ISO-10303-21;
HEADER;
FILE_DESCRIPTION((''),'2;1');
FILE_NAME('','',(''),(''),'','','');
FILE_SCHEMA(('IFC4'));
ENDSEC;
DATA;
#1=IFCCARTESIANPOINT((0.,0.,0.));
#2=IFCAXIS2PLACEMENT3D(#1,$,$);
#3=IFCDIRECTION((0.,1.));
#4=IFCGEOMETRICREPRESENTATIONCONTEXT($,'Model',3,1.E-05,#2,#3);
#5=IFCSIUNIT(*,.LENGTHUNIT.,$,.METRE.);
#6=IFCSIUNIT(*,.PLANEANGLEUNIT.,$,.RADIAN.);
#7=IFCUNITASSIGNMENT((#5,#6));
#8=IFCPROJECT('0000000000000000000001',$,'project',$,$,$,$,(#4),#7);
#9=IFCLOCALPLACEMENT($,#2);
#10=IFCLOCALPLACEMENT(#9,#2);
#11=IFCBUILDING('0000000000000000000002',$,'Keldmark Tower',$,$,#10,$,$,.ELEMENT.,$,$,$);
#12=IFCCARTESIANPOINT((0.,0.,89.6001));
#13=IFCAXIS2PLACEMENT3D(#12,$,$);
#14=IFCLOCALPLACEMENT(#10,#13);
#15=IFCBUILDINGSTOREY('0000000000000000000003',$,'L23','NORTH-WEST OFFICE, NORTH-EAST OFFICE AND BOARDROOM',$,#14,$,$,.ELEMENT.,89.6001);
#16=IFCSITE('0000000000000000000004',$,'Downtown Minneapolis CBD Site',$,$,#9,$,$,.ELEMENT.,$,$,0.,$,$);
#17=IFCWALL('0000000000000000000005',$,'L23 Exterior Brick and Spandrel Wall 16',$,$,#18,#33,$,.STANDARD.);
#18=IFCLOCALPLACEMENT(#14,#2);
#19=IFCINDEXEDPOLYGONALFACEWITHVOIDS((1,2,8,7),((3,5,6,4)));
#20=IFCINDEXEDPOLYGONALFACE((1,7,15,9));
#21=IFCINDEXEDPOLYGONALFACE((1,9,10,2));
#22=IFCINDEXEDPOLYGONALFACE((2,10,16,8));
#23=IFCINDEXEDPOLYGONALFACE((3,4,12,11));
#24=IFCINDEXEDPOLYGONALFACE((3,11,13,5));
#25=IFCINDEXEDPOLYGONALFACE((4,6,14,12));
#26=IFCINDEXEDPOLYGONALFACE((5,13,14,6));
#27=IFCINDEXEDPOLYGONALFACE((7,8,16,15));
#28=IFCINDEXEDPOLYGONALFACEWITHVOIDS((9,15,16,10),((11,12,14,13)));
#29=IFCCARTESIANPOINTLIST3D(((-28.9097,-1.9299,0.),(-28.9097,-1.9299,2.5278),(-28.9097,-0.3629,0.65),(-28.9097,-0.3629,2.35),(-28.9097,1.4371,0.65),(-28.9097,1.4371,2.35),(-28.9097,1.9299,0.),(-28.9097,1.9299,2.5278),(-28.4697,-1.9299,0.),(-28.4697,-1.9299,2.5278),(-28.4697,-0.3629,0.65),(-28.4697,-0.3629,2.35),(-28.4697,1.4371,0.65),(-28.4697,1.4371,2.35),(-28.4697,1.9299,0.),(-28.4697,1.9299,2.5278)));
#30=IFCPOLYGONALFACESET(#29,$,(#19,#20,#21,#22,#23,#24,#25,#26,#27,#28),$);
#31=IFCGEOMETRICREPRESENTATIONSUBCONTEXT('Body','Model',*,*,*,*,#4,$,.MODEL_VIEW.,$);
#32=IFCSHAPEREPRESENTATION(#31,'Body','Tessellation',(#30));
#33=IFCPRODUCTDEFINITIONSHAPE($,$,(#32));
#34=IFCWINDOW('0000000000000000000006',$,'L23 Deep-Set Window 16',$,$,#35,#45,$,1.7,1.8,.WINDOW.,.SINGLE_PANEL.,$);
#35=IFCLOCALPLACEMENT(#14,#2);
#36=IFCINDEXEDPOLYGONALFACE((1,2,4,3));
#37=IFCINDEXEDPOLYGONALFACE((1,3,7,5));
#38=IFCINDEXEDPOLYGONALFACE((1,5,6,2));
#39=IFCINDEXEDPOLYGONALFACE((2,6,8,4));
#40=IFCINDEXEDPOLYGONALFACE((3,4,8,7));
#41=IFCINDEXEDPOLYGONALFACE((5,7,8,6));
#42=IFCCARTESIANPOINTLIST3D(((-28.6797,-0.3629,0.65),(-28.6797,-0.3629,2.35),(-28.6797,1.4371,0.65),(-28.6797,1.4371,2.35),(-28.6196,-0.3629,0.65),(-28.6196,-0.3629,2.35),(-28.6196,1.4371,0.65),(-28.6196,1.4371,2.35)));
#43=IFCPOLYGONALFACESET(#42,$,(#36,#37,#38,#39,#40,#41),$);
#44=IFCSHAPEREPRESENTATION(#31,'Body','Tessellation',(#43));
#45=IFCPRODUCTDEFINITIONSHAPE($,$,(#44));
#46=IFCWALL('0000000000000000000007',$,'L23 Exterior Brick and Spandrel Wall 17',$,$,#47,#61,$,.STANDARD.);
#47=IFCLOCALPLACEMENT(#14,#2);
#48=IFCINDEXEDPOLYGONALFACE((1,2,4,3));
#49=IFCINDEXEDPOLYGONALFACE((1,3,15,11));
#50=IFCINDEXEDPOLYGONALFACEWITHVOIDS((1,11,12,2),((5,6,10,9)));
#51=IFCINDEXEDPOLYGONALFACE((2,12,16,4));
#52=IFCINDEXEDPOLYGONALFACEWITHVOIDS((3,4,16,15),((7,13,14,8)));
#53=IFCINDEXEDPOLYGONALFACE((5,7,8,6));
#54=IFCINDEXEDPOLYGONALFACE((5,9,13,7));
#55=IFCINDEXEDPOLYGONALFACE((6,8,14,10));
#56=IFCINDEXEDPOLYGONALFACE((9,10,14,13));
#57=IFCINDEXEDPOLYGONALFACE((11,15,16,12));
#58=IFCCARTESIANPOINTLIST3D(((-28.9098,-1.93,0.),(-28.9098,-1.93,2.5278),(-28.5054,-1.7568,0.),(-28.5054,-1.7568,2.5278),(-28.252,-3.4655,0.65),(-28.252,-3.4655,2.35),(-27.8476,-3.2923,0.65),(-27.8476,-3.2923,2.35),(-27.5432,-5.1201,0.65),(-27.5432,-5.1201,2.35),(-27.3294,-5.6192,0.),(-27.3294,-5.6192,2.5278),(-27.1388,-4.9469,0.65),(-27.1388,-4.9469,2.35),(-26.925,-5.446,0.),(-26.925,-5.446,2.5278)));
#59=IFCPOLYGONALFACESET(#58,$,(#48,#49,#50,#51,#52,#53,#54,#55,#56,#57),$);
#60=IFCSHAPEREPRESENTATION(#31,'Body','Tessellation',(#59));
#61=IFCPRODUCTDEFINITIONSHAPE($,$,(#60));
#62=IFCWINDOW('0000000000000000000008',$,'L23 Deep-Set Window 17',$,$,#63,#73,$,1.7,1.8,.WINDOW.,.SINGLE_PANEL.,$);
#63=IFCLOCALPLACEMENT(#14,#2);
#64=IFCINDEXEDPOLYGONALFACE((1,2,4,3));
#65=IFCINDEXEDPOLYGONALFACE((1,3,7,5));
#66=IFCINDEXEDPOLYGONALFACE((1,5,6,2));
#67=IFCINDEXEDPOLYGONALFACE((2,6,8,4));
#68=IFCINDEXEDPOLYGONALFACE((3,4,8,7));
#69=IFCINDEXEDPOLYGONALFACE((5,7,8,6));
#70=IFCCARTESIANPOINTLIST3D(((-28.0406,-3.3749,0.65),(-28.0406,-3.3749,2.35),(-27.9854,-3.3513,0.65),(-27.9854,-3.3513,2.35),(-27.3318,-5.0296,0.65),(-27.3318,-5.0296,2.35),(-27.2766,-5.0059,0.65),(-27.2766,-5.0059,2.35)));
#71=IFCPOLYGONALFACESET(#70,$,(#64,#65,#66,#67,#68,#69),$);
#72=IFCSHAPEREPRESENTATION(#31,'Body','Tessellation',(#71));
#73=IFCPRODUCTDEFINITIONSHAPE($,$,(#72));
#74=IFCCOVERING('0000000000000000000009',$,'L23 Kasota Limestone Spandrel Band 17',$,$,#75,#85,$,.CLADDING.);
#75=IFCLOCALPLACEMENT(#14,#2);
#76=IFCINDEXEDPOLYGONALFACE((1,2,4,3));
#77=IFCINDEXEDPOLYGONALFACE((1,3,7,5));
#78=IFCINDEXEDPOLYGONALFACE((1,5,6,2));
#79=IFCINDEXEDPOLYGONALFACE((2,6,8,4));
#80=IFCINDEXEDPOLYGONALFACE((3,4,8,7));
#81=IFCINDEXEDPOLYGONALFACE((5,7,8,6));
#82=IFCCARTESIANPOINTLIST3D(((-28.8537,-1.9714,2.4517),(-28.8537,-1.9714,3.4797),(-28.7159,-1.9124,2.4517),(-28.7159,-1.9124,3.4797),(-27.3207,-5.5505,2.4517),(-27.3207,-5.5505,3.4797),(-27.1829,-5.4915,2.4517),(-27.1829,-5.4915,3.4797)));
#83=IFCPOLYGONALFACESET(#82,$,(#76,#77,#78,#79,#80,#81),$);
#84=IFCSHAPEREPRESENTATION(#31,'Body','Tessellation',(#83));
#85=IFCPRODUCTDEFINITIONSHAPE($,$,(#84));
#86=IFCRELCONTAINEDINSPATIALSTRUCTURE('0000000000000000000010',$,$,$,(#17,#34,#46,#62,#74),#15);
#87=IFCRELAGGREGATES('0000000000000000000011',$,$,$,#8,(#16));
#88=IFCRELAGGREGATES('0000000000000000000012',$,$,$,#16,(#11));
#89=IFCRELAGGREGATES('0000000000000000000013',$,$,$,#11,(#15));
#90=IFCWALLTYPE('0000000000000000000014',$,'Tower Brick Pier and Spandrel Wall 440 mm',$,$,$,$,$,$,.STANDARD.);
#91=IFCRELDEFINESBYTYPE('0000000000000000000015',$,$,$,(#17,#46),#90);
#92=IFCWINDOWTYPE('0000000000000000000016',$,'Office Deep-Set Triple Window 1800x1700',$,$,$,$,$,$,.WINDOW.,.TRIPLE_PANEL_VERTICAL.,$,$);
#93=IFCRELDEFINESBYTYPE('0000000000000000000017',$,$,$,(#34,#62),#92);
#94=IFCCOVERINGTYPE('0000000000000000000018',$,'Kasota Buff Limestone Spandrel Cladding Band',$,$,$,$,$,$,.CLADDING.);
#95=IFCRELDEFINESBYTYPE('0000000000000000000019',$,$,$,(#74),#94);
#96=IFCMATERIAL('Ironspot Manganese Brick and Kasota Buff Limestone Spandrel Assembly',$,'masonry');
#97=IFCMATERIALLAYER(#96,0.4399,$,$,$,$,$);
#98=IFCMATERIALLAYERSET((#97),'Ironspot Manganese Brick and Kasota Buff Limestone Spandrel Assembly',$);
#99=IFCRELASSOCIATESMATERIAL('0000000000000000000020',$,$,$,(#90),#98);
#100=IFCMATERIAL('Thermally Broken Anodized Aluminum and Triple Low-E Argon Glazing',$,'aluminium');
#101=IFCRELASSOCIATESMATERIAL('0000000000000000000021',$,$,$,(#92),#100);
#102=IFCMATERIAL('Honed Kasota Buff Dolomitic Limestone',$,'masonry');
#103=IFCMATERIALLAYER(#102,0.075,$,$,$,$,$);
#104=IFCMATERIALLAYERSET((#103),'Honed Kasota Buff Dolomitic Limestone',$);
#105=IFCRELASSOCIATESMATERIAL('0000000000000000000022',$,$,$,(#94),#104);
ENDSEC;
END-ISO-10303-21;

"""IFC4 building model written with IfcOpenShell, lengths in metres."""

from ifc_helpers import new_model, si_unit, direction, frame, frame_2d, origin, origin_2d, place, context, subcontext, project, spatial, rectangle, extrude, material, layer, layer_set, type_object, element, fill, save


model = new_model("IFC4")

# Units and contexts
model_context = context("Model", 3, precision=1e-05, world=origin(), true_north=direction((0.0, 1.0)))
body_context = subcontext(model_context, "Body", "Model", "MODEL_VIEW")
ifc_project = project(units=[si_unit("LENGTHUNIT", "METRE"), si_unit("PLANEANGLEUNIT", "RADIAN")], contexts=[model_context])

# Site, building, storey
site_placement = place(None, origin())
site = spatial("IfcSite", under=ifc_project, at=site_placement, Name="Downtown Minneapolis CBD Site", CompositionType="ELEMENT", RefElevation=0.0)
building_placement = place(site_placement, origin())
building = spatial("IfcBuilding", under=site, at=building_placement, Name="Keldmark Tower", CompositionType="ELEMENT")
storey_placement = place(building_placement, frame((0.0, 0.0, 89.6001)))
storey = spatial("IfcBuildingStorey", under=building, at=storey_placement, Name="L23", Description="NORTH-WEST OFFICE, NORTH-EAST OFFICE AND BOARDROOM", CompositionType="ELEMENT", Elevation=89.6001)

# Walls, openings, windows
ifc_material_1 = material(Name="Ironspot Manganese Brick and Kasota Buff Limestone Spandrel Assembly", Category="masonry")
ifc_layer_1 = layer(ifc_material_1, 0.4399)
ifc_layer_set_1 = layer_set([ifc_layer_1], Name="Ironspot Manganese Brick and Kasota Buff Limestone Spandrel Assembly")
wall_type_1 = type_object("IfcWallType", Name="Tower Brick Pier and Spandrel Wall 440 mm", PredefinedType="STANDARD", material=ifc_layer_set_1)
ifc_material_2 = material(Name="Thermally Broken Anodized Aluminum and Triple Low-E Argon Glazing", Category="aluminium")
window_type = type_object("IfcWindowType", Name="Office Deep-Set Triple Window 1800x1700", PartitioningType="TRIPLE_PANEL_VERTICAL", PredefinedType="WINDOW", material=ifc_material_2)
wall_1_placement = place(storey_placement, frame((-28.6897, -1.9299, 0.0), z_axis=(0.0, 0.0, 1.0), x_axis=(0.0, 1.0, 0.0)))
wall_1 = element("IfcWall", 1, at=wall_1_placement, inside=storey, type_object=wall_type_1, Name="L23 Exterior Brick and Spandrel Wall 16", PredefinedType="STANDARD", context=body_context, shape_type="SweptSolid", body=[
    extrude(rectangle(XDim=3.8599, YDim=0.4399, at=frame_2d((1.9299, 0.0))), origin(), (0.0, 0.0, 1.0), 2.5278),
])
opening_1_placement = place(wall_1_placement, frame((1.5671, 0.0, 0.6499)))
opening_1 = element("IfcOpeningElement", 2, at=opening_1_placement, cuts=wall_1, PredefinedType="OPENING", context=body_context, shape_type="SweptSolid", body=[
    extrude(rectangle(XDim=1.8, YDim=1.7, at=frame_2d((0.8999, 0.8501))), frame((0.0, 0.23, 0.0), z_axis=(0.0, -1.0, 0.0), x_axis=(1.0, 0.0, 0.0)), (0.0, 0.0, 1.0), 0.46),
])
window_1_placement = place(opening_1_placement, origin())
window_1 = element("IfcWindow", 3, at=window_1_placement, inside=storey, type_object=window_type, Name="L23 Deep-Set Window 16", OverallHeight=1.7, OverallWidth=1.8, PartitioningType="SINGLE_PANEL", PredefinedType="WINDOW", context=body_context, shape_type="SweptSolid", body=[
    extrude(rectangle(XDim=1.8, YDim=1.7, at=frame_2d((0.8999, 0.8501))), frame((0.0, -0.01, 0.0), z_axis=(0.0, -1.0, 0.0), x_axis=(1.0, 0.0, 0.0)), (0.0, 0.0, 1.0), 0.0601),
])
fill(opening_1, window_1)
wall_2_placement = place(storey_placement, frame((-27.1272, -5.5327, 0.0), z_axis=(0.0, 0.0, 1.0), x_axis=(-0.393758, 0.919214, 0.0)))
wall_2 = element("IfcWall", 4, at=wall_2_placement, inside=storey, type_object=wall_type_1, Name="L23 Exterior Brick and Spandrel Wall 17", PredefinedType="STANDARD", context=body_context, shape_type="SweptSolid", body=[
    extrude(rectangle(XDim=4.0134, YDim=0.4399, at=frame_2d((2.0068, 0.0))), origin(), (0.0, 0.0, 1.0), 2.5278),
])
opening_2_placement = place(wall_2_placement, frame((0.5432, 0.0, 0.6499)))
opening_2 = element("IfcOpeningElement", 5, at=opening_2_placement, cuts=wall_2, PredefinedType="OPENING", context=body_context, shape_type="SweptSolid", body=[
    extrude(rectangle(XDim=1.8, YDim=1.7, at=frame_2d((0.8999, 0.8501))), frame((0.0, 0.23, 0.0), z_axis=(0.0, -1.0, 0.0), x_axis=(1.0, 0.0, 0.0)), (0.0, 0.0, 1.0), 0.46),
])
window_2_placement = place(opening_2_placement, origin())
window_2 = element("IfcWindow", 6, at=window_2_placement, inside=storey, type_object=window_type, Name="L23 Deep-Set Window 17", OverallHeight=1.7, OverallWidth=1.8, PartitioningType="SINGLE_PANEL", PredefinedType="WINDOW", context=body_context, shape_type="SweptSolid", body=[
    extrude(rectangle(XDim=1.8, YDim=1.7, at=frame_2d((0.8999, 0.8501))), frame((0.0, -0.01, 0.0), z_axis=(0.0, -1.0, 0.0), x_axis=(1.0, 0.0, 0.0)), (0.0, 0.0, 1.0), 0.0601),
])
fill(opening_2, window_2)

# Covering
ifc_material_3 = material(Name="Honed Kasota Buff Dolomitic Limestone", Category="masonry")
ifc_layer_2 = layer(ifc_material_3, 0.075)
ifc_layer_set_2 = layer_set([ifc_layer_2], Name="Honed Kasota Buff Dolomitic Limestone")
covering_type = type_object("IfcCoveringType", Name="Kasota Buff Limestone Spandrel Cladding Band", PredefinedType="CLADDING", material=ifc_layer_set_2)
covering_placement = place(storey_placement, frame((-28.0183, -3.7314, 2.4517), z_axis=(0.0, 0.0, 1.0), x_axis=(0.393717, -0.919232, 0.0)))
element("IfcCovering", 7, at=covering_placement, inside=storey, type_object=covering_type, Name="L23 Kasota Limestone Spandrel Band 17", PredefinedType="CLADDING", context=body_context, shape_type="SweptSolid", body=[
    extrude(rectangle(XDim=3.8936, YDim=0.1499, at=origin_2d()), origin(), (0.0, 0.0, 1.0), 1.0281),
])

save(model, "model.ifc")
